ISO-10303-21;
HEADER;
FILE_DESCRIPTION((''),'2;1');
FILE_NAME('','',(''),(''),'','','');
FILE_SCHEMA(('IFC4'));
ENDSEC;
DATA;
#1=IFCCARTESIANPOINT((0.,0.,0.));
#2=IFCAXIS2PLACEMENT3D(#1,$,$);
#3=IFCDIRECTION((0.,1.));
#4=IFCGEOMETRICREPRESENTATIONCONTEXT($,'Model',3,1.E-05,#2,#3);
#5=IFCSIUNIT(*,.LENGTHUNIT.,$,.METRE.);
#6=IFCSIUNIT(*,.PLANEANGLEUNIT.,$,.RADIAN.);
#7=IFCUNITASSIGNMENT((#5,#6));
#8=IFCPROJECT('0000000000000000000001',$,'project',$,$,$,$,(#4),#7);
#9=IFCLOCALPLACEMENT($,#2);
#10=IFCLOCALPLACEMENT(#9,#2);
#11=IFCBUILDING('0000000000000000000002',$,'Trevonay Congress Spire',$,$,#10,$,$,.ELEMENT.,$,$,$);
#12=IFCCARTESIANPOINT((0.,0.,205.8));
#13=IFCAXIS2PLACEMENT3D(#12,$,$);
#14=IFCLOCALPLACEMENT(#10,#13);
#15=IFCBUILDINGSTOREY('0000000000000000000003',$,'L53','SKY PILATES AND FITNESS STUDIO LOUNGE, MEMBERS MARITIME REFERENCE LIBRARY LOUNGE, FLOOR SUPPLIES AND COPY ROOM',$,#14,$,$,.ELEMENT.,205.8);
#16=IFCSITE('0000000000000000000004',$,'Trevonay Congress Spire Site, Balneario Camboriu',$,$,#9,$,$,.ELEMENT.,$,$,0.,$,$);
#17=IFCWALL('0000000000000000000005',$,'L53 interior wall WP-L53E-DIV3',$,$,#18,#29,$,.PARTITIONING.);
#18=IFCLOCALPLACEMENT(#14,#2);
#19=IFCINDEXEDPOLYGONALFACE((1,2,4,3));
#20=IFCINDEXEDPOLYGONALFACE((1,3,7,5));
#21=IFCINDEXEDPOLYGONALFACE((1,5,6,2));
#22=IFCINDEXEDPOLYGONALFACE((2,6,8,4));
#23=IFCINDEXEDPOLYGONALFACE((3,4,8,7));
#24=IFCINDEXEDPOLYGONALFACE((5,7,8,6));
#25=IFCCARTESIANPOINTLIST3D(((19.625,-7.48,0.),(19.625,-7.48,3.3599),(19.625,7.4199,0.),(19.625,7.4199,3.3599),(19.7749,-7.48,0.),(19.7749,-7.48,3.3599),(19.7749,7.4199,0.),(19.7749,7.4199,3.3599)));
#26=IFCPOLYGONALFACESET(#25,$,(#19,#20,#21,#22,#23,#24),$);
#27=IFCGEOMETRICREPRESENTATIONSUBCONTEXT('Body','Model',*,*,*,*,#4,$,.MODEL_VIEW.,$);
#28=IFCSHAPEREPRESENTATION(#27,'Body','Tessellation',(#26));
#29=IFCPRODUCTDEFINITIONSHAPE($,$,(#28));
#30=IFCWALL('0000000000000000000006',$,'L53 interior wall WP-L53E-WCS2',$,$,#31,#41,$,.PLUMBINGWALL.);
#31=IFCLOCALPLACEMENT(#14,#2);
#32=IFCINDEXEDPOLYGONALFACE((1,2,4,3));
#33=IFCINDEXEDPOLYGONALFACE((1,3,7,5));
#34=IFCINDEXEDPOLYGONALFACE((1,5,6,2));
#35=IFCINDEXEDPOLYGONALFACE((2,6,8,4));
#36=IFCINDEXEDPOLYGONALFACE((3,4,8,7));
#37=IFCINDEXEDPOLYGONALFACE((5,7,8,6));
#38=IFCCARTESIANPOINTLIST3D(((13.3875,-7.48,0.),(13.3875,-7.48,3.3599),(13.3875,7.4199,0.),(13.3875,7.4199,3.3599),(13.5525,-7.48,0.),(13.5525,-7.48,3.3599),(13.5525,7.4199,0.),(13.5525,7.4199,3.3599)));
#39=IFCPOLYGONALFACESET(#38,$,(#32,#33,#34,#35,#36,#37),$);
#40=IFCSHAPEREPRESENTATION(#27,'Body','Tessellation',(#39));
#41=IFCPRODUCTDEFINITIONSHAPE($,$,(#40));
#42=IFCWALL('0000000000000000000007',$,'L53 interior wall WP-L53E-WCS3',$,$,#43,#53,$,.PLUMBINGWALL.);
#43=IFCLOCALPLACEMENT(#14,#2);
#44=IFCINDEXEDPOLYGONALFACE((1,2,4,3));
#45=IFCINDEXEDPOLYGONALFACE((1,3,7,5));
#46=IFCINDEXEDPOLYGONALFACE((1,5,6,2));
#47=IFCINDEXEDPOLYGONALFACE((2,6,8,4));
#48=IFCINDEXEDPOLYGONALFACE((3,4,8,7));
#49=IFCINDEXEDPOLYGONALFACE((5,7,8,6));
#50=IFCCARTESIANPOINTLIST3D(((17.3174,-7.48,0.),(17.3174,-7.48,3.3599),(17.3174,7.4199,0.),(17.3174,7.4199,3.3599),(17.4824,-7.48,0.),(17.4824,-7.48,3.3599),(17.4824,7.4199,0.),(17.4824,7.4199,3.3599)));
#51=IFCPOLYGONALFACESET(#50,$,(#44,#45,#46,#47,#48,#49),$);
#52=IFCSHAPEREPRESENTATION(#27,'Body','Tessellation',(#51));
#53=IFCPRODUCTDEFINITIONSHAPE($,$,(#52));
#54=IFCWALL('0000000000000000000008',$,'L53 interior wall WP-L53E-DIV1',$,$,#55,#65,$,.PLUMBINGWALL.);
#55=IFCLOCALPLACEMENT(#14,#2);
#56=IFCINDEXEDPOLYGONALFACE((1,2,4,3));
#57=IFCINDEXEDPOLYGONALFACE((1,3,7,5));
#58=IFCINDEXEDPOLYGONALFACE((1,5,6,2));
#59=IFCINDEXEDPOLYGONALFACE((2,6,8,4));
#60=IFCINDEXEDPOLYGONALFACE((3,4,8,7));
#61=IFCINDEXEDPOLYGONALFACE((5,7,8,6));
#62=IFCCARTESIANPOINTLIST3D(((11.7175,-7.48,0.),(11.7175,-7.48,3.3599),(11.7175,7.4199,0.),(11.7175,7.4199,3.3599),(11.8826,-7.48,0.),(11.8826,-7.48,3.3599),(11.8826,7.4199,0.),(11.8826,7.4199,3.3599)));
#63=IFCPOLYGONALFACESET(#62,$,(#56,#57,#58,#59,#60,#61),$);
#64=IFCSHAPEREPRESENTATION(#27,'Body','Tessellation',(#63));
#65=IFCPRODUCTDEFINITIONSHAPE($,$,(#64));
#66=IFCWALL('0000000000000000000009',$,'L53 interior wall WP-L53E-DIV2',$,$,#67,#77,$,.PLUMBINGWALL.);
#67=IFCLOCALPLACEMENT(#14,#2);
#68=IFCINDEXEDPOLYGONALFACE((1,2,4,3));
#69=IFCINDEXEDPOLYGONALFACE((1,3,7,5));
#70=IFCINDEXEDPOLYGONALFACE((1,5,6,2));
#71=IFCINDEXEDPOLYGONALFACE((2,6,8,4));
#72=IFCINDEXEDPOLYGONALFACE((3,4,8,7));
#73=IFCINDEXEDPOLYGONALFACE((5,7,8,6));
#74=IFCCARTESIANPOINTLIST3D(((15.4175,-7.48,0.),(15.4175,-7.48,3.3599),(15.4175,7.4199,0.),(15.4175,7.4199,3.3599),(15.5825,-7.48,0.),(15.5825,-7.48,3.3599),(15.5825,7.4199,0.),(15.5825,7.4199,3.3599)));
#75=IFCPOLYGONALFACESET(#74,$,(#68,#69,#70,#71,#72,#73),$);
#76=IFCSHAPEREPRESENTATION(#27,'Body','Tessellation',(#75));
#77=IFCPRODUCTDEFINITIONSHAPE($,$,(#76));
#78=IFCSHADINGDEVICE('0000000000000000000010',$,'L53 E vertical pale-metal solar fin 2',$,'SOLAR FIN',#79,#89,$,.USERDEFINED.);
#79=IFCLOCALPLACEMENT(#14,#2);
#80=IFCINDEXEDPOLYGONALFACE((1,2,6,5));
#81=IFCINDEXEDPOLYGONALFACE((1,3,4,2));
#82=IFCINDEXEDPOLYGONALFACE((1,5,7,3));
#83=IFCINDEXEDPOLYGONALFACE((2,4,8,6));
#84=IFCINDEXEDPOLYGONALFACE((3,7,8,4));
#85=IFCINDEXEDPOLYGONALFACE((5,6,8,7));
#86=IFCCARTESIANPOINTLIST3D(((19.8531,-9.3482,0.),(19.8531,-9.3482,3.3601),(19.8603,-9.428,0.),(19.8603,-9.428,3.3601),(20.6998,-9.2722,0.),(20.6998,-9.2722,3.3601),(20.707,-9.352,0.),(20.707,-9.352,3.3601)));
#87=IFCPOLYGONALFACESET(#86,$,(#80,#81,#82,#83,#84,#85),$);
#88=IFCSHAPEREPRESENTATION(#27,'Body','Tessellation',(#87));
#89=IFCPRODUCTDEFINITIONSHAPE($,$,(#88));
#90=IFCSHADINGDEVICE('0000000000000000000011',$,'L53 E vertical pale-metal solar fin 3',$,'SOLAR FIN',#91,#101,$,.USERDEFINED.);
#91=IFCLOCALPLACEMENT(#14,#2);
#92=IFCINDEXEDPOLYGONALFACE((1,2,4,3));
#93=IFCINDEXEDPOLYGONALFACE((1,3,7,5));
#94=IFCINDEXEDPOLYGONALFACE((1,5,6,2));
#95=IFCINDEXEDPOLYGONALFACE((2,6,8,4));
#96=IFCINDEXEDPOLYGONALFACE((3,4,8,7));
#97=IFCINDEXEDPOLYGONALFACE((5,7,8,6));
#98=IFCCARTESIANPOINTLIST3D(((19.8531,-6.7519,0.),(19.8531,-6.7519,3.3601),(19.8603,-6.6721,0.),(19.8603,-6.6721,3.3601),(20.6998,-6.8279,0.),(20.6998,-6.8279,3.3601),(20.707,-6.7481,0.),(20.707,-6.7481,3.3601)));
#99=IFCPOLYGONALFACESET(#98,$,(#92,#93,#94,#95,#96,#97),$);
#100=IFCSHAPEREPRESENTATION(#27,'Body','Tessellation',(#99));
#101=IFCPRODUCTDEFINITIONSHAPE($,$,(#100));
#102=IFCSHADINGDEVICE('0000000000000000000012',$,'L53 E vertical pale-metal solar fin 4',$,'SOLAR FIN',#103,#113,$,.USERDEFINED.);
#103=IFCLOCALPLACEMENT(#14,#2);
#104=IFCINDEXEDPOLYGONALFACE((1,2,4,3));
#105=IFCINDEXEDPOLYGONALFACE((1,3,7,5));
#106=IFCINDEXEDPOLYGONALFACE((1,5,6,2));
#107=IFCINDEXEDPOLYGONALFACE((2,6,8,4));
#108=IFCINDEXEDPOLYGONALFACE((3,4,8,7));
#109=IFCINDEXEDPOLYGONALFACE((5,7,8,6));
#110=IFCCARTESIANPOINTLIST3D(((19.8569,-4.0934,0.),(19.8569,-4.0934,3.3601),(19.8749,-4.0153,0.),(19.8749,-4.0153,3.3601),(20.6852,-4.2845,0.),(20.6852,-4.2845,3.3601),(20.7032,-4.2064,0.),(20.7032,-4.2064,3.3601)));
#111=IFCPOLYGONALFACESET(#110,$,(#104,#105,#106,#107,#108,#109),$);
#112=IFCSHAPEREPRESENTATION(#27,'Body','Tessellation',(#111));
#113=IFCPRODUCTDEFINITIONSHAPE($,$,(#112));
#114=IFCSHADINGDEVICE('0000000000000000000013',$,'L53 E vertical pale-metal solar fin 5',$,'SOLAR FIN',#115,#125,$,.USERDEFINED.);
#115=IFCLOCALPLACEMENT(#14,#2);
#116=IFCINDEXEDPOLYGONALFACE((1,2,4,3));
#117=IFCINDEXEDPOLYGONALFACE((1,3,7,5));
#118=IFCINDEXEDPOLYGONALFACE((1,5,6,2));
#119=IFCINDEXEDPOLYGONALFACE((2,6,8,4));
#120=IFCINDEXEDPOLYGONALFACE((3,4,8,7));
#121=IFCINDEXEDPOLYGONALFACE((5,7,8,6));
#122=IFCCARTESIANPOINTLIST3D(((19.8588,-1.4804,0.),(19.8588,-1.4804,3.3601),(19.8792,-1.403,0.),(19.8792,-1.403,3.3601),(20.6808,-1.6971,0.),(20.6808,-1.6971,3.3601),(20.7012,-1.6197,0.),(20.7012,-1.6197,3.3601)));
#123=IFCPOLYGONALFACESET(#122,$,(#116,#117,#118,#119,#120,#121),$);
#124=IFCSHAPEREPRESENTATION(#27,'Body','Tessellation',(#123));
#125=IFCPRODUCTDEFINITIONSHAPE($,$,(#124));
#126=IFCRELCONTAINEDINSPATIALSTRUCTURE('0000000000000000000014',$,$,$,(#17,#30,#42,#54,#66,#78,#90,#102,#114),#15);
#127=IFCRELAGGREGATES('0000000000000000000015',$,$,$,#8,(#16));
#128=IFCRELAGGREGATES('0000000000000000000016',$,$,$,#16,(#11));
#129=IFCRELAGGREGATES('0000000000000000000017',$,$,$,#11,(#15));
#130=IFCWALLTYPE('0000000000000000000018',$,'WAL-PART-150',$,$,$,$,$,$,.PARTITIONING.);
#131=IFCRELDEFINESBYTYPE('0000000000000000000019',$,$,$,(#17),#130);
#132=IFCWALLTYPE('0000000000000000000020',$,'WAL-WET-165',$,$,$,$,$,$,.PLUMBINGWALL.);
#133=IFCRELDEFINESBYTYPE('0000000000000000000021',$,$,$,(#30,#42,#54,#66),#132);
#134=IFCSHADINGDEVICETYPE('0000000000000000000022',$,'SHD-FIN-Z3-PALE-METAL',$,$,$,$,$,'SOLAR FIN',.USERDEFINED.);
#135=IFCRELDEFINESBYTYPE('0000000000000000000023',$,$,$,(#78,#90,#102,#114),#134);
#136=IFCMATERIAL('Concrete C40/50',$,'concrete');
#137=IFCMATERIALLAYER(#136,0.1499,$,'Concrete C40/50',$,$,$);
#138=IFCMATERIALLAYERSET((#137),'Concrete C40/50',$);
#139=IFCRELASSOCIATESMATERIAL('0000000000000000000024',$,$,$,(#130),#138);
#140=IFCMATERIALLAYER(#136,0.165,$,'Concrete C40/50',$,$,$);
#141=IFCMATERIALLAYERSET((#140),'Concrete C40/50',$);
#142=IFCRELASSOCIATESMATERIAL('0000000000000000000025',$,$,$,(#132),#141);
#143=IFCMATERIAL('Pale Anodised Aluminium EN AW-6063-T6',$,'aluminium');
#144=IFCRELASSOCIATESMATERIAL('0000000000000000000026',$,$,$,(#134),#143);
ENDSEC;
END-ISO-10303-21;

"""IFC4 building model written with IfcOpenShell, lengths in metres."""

from ifc_helpers import new_model, si_unit, direction, frame, frame_2d, origin, origin_2d, place, context, subcontext, project, spatial, rectangle, extrude, material, layer, layer_set, type_object, element, save


model = new_model("IFC4")

# Units and contexts
model_context = context("Model", 3, precision=1e-05, world=origin(), true_north=direction((0.0, 1.0)))
body_context = subcontext(model_context, "Body", "Model", "MODEL_VIEW")
ifc_project = project(units=[si_unit("LENGTHUNIT", "METRE"), si_unit("PLANEANGLEUNIT", "RADIAN")], contexts=[model_context])

# Site, building, storey
site_placement = place(None, origin())
site = spatial("IfcSite", under=ifc_project, at=site_placement, Name="Trevonay Congress Spire Site, Balneario Camboriu", CompositionType="ELEMENT", RefElevation=0.0)
building_placement = place(site_placement, origin())
building = spatial("IfcBuilding", under=site, at=building_placement, Name="Trevonay Congress Spire", CompositionType="ELEMENT")
storey_placement = place(building_placement, frame((0.0, 0.0, 205.8)))
storey = spatial("IfcBuildingStorey", under=building, at=storey_placement, Name="L53", Description="SKY PILATES AND FITNESS STUDIO LOUNGE, MEMBERS MARITIME REFERENCE LIBRARY LOUNGE, FLOOR SUPPLIES AND COPY ROOM", CompositionType="ELEMENT", Elevation=205.8)

# Shared definitions
ifc_material_1 = material(Name="Pale Anodised Aluminium EN AW-6063-T6", Category="aluminium")

# Shared definitions
ifc_material_2 = material(Name="Concrete C40/50", Category="concrete")

# Walls
ifc_layer_1 = layer(ifc_material_2, 0.1499, Name="Concrete C40/50")
ifc_layer_set_1 = layer_set([ifc_layer_1], Name="Concrete C40/50")
wall_type_1 = type_object("IfcWallType", Name="WAL-PART-150", PredefinedType="PARTITIONING", material=ifc_layer_set_1)
wall_1_placement = place(storey_placement, frame((19.7, -7.48, 0.0), z_axis=(0.0, 0.0, 1.0), x_axis=(0.0, 1.0, 0.0)))
element("IfcWall", 1, at=wall_1_placement, inside=storey, type_object=wall_type_1, Name="L53 interior wall WP-L53E-DIV3", PredefinedType="PARTITIONING", context=body_context, shape_type="SweptSolid", body=[
    extrude(rectangle(XDim=14.8999, YDim=0.1499, at=frame_2d((7.45, 0.0))), origin(), (0.0, 0.0, 1.0), 3.3599),
])
ifc_layer_2 = layer(ifc_material_2, 0.165, Name="Concrete C40/50")
ifc_layer_set_2 = layer_set([ifc_layer_2], Name="Concrete C40/50")
wall_type_2 = type_object("IfcWallType", Name="WAL-WET-165", PredefinedType="PLUMBINGWALL", material=ifc_layer_set_2)
for number, where, z_axis, x_axis, name in (
    (2, (13.47, -7.48, 0.0), (0.0, 0.0, 1.0), (0.0, 1.0, 0.0), "L53 interior wall WP-L53E-WCS2"),
    (3, (17.3999, -7.48, 0.0), (0.0, 0.0, 1.0), (0.0, 1.0, 0.0), "L53 interior wall WP-L53E-WCS3"),
    (4, (11.8, -7.48, 0.0), (0.0, 0.0, 1.0), (0.0, 1.0, 0.0), "L53 interior wall WP-L53E-DIV1"),
    (5, (15.5, -7.48, 0.0), (0.0, 0.0, 1.0), (0.0, 1.0, 0.0), "L53 interior wall WP-L53E-DIV2"),
):
    element("IfcWall", number, at=place(storey_placement, frame(where, z_axis=z_axis, x_axis=x_axis)), inside=storey, type_object=wall_type_2, Name=name, PredefinedType="PLUMBINGWALL", context=body_context, shape_type="SweptSolid", body=[
        extrude(rectangle(XDim=14.8999, YDim=0.165, at=frame_2d((7.45, 0.0))), origin(), (0.0, 0.0, 1.0), 3.3599),
    ])

# Shading devices
shading_device_type = type_object("IfcShadingDeviceType", Name="SHD-FIN-Z3-PALE-METAL", ElementType="SOLAR FIN", PredefinedType="USERDEFINED", material=ifc_material_1)
for number, where, z_axis, x_axis, name in (
    (6, (20.28, -9.3501, 0.0), (0.0, 0.0, 1.0), (-0.089416, 0.995994, 0.0), "L53 E vertical pale-metal solar fin 2"),
    (7, (20.28, -6.75, 0.0), (0.0, 0.0, 1.0), (0.089416, 0.995994, 0.0), "L53 E vertical pale-metal solar fin 3"),
    (8, (20.28, -4.1499, 0.0), (0.0, 0.0, 1.0), (0.224781, 0.974409, 0.0), "L53 E vertical pale-metal solar fin 4"),
    (9, (20.28, -1.55, 0.0), (0.0, 0.0, 1.0), (0.254939, 0.966957, 0.0), "L53 E vertical pale-metal solar fin 5"),
):
    element("IfcShadingDevice", number, at=place(storey_placement, frame(where, z_axis=z_axis, x_axis=x_axis)), inside=storey, type_object=shading_device_type, Name=name, ObjectType="SOLAR FIN", PredefinedType="USERDEFINED", context=body_context, shape_type="SweptSolid", body=[
        extrude(rectangle(XDim=0.0801, YDim=0.8501, at=origin_2d()), origin(), (0.0, 0.0, 1.0), 3.3601),
    ])

save(model, "model.ifc")
